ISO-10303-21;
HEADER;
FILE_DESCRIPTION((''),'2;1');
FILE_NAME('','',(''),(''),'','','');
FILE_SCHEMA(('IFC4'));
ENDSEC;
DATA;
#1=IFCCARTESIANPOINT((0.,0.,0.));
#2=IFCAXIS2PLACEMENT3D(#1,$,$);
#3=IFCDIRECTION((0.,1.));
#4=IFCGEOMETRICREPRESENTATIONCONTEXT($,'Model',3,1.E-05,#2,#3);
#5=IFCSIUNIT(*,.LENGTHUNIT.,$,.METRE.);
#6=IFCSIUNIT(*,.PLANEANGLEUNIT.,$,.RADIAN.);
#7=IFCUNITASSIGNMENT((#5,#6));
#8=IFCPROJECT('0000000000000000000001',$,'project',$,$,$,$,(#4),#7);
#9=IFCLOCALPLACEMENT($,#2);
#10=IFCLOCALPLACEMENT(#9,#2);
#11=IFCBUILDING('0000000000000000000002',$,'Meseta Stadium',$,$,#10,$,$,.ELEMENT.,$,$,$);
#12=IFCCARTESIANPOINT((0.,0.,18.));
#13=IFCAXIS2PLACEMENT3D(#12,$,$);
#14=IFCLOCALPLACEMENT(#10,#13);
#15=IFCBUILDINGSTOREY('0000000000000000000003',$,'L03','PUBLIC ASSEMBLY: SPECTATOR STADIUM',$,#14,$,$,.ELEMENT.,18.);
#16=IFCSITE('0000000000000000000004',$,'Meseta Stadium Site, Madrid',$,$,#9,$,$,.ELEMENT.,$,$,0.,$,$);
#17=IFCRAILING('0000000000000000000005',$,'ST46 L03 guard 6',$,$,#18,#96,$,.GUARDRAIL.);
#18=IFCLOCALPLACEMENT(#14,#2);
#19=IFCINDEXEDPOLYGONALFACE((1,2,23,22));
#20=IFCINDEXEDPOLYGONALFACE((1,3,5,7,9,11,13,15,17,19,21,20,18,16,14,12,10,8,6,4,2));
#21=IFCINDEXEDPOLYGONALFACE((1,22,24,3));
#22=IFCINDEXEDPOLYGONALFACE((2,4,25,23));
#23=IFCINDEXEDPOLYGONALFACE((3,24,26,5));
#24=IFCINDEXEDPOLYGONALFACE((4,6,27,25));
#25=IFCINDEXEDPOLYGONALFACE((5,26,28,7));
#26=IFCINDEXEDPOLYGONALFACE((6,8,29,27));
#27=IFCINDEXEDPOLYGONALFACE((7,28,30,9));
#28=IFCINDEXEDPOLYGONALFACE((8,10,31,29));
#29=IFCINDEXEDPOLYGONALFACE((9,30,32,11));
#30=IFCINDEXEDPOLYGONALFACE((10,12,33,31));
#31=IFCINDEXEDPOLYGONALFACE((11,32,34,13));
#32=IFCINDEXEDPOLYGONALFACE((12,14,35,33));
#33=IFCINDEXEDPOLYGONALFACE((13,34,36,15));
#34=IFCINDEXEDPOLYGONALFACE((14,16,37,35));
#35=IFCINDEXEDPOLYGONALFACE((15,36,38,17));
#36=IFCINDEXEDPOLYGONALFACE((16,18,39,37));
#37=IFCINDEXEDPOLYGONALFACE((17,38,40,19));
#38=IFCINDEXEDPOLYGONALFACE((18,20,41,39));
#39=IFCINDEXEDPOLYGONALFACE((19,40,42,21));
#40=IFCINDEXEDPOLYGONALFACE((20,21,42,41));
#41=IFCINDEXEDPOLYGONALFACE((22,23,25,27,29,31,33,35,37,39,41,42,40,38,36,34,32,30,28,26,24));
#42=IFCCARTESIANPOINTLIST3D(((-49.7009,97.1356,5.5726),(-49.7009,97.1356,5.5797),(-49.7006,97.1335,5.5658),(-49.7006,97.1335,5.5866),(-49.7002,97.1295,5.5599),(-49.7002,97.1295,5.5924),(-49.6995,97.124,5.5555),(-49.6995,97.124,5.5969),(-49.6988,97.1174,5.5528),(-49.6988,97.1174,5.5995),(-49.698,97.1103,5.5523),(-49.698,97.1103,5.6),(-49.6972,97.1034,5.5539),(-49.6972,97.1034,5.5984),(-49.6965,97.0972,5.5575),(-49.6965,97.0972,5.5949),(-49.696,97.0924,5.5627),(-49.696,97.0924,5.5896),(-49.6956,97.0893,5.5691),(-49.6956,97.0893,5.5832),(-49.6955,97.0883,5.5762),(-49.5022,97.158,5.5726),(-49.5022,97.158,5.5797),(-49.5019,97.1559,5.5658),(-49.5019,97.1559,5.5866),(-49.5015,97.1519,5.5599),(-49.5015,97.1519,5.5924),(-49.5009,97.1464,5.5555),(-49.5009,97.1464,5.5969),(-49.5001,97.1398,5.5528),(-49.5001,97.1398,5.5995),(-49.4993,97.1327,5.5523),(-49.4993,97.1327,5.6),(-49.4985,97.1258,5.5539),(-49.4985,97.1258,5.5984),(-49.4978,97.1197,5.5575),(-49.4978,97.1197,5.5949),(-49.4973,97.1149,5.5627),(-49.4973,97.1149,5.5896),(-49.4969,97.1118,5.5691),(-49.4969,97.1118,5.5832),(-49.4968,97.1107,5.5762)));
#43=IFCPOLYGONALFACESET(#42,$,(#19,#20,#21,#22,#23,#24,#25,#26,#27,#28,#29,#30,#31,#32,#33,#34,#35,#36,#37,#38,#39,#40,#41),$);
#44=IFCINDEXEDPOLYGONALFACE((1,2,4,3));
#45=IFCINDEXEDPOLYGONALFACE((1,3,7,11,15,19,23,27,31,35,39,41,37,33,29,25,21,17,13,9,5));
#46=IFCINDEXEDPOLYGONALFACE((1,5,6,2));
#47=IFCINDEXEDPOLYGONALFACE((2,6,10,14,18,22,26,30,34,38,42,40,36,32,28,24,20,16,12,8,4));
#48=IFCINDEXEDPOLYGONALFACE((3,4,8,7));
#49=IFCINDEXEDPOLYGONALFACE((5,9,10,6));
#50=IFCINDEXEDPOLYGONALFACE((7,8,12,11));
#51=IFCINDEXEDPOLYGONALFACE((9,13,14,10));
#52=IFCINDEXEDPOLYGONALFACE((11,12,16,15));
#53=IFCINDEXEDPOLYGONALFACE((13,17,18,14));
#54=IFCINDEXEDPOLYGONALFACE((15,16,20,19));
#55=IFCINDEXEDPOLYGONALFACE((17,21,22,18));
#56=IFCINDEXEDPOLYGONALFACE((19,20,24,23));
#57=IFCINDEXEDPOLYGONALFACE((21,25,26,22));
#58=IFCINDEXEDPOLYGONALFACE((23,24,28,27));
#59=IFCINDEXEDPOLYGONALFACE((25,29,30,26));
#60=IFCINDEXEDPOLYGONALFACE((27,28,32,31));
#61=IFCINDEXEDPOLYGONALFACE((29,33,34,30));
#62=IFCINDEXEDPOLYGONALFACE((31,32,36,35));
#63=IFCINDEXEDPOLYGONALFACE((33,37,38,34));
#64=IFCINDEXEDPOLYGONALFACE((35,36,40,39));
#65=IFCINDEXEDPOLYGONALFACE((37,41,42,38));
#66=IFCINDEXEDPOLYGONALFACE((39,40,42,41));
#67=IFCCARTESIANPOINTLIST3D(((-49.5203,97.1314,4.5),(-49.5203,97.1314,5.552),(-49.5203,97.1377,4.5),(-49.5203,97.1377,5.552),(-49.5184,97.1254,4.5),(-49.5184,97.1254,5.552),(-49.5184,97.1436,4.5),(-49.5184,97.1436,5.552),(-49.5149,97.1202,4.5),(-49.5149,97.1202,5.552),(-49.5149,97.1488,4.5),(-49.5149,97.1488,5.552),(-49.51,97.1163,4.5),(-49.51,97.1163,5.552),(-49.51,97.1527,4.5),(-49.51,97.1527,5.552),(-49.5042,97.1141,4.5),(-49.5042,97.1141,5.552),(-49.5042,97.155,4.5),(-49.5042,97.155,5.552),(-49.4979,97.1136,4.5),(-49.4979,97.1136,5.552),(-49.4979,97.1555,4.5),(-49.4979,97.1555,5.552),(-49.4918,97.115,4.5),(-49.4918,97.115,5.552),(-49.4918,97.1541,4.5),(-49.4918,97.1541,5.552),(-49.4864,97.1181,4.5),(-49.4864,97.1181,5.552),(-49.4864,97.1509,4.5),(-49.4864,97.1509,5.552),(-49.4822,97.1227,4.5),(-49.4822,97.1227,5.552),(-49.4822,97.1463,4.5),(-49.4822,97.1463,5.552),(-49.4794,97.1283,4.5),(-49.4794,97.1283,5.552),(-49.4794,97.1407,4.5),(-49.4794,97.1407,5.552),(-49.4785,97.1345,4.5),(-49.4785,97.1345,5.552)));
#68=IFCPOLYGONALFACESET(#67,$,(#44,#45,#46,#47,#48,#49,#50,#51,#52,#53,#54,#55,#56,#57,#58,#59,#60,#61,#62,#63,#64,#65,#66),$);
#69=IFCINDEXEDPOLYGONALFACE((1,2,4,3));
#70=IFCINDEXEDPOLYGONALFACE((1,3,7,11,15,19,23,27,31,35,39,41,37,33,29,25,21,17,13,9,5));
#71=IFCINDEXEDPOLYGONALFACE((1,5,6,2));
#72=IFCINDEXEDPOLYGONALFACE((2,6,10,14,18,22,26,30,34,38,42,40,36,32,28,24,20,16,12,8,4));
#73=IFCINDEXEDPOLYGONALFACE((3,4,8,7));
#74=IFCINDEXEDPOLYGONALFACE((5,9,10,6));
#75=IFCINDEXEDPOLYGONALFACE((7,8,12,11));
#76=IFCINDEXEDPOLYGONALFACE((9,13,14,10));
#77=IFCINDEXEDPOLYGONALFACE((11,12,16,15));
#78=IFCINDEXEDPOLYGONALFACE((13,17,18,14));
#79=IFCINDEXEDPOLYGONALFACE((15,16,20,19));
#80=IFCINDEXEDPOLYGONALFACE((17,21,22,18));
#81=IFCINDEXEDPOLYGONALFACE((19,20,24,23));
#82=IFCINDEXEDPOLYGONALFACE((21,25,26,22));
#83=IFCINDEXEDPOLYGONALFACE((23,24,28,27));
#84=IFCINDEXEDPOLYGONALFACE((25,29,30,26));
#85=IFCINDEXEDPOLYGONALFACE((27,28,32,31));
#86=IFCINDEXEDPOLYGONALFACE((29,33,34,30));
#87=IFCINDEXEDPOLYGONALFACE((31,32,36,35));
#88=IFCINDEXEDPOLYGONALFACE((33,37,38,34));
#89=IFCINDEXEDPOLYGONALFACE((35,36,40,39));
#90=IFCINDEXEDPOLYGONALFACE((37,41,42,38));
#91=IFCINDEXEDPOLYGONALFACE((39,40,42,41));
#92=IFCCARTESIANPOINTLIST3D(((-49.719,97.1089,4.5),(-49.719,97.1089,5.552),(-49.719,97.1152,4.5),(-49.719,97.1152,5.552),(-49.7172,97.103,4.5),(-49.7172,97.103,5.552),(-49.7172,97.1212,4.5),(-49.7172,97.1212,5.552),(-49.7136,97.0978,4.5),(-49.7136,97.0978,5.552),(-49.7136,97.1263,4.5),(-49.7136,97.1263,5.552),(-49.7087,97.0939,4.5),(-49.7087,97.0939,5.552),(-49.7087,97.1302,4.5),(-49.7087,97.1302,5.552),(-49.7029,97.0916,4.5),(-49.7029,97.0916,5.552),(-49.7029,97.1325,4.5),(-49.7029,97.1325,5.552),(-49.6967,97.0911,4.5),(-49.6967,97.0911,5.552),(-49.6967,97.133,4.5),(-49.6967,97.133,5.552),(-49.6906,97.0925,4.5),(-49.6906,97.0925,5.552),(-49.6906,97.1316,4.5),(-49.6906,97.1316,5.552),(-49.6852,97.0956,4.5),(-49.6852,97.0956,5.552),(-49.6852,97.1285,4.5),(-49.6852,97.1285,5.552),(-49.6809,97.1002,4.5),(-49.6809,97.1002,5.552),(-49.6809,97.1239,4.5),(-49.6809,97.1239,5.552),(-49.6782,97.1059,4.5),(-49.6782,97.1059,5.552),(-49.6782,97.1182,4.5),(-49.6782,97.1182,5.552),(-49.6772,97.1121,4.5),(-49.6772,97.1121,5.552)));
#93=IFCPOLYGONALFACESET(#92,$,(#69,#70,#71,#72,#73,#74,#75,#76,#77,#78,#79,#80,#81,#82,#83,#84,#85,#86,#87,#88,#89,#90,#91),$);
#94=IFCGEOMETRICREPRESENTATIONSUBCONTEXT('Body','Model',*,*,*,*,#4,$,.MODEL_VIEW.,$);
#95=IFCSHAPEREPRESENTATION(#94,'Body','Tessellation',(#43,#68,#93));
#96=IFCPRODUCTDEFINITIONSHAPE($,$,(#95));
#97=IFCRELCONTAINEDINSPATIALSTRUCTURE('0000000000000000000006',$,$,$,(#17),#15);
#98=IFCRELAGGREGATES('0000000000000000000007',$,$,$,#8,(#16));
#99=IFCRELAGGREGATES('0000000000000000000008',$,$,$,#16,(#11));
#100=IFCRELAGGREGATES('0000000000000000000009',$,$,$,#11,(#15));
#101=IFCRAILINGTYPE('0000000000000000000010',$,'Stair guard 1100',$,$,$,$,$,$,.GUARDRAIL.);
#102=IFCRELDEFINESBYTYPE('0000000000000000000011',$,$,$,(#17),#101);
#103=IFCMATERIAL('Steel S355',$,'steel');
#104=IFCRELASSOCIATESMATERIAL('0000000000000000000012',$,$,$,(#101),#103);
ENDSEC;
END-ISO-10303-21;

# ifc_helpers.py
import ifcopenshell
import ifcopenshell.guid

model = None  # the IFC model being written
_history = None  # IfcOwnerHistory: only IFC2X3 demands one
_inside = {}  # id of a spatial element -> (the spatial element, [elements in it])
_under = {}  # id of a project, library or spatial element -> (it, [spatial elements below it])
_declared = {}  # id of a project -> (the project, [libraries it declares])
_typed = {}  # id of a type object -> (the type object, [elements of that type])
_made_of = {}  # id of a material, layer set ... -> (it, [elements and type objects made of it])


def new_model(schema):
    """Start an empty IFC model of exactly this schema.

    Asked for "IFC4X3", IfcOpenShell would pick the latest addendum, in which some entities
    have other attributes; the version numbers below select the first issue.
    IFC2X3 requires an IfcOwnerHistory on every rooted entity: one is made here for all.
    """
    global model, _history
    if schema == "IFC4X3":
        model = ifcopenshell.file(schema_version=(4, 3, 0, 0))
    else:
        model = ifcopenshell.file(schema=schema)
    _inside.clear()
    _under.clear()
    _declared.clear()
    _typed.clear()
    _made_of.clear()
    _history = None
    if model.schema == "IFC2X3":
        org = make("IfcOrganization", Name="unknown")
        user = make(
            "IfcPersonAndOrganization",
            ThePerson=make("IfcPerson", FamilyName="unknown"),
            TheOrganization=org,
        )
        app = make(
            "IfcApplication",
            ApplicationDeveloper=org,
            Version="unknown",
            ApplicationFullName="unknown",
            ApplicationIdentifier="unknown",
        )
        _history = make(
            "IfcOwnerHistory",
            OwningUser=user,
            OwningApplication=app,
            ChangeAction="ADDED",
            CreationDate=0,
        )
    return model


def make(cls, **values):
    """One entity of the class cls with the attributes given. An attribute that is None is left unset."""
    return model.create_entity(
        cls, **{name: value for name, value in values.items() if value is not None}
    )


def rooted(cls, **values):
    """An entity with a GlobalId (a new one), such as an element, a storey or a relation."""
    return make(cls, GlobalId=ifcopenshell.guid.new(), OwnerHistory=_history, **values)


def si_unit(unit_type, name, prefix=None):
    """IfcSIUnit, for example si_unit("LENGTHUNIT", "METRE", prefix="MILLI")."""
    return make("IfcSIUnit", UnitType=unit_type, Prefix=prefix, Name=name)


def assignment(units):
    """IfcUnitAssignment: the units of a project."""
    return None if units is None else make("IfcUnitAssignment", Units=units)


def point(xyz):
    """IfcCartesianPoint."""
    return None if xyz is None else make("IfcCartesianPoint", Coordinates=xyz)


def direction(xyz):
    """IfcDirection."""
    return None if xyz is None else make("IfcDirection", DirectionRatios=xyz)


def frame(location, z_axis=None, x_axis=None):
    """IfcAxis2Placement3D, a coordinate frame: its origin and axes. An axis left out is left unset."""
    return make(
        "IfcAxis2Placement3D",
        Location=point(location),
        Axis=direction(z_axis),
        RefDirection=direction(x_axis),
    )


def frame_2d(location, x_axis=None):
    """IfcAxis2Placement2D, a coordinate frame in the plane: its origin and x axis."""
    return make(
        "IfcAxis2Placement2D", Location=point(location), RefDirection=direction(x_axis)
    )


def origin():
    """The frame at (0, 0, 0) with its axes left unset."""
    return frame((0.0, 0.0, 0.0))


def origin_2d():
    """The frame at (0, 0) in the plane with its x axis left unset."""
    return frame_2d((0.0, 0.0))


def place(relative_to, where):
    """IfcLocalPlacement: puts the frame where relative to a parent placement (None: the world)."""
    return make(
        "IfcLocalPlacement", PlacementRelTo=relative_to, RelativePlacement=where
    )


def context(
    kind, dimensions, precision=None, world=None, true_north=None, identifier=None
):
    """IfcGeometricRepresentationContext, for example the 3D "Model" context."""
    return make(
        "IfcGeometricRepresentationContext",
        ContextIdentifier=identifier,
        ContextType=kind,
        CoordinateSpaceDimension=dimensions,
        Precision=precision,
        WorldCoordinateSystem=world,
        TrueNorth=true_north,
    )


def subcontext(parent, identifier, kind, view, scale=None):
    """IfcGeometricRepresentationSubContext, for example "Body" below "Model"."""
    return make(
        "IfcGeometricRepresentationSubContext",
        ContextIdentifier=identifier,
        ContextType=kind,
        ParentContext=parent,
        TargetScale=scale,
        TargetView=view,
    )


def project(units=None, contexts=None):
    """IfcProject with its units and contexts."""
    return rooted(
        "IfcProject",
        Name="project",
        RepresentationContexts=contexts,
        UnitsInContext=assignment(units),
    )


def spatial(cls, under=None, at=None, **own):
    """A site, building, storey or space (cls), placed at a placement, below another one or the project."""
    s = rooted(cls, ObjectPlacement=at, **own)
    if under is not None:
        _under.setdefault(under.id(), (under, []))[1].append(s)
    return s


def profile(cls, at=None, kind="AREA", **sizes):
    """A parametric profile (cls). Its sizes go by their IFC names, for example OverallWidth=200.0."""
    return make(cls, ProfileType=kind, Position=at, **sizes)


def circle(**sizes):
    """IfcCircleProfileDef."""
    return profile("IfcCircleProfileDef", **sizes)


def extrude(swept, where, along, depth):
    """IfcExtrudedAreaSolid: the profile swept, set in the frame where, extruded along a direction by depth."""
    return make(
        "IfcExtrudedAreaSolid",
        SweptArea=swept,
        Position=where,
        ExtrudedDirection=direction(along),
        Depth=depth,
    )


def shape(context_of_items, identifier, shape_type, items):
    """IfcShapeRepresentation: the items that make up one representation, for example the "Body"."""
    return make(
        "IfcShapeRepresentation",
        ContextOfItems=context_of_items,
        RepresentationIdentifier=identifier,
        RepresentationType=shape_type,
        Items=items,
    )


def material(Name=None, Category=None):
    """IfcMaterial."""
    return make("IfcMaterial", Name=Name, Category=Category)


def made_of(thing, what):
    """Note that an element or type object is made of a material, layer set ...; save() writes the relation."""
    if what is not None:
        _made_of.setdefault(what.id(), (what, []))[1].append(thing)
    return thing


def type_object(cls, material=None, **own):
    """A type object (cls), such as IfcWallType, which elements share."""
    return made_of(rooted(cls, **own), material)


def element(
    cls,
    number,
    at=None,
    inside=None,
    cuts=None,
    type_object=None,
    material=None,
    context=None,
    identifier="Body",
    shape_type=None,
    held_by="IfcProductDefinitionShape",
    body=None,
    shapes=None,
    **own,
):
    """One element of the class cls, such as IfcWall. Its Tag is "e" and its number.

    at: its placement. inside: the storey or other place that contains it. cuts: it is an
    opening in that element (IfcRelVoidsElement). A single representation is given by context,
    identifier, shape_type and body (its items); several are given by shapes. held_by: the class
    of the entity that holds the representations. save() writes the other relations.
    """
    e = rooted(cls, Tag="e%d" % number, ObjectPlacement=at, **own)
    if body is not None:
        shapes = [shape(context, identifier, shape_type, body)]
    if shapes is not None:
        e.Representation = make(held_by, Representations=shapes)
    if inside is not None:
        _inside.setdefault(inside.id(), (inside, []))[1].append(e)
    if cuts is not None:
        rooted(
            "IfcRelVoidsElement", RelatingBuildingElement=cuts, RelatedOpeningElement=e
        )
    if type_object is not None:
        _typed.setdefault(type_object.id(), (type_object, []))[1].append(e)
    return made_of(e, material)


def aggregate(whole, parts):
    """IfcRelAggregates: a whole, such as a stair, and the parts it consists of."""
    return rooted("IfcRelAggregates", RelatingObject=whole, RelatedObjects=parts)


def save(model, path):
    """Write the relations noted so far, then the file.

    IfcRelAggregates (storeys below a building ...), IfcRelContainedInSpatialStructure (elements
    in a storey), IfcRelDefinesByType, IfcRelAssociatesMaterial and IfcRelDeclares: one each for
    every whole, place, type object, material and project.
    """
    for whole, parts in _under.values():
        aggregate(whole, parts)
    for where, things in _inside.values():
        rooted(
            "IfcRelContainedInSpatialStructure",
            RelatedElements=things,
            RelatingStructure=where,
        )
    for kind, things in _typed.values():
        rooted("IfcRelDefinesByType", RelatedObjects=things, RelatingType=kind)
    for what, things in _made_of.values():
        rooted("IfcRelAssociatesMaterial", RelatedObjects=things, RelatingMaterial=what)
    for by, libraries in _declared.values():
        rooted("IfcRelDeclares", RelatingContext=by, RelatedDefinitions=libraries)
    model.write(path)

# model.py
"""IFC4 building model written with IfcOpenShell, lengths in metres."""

from ifc_helpers import new_model, si_unit, direction, frame, origin, origin_2d, place, context, subcontext, project, spatial, circle, extrude, material, type_object, element, save


model = new_model("IFC4")

# Units and contexts
model_context = context("Model", 3, precision=1e-05, world=origin(), true_north=direction((0.0, 1.0)))
body_context = subcontext(model_context, "Body", "Model", "MODEL_VIEW")
ifc_project = project(units=[si_unit("LENGTHUNIT", "METRE"), si_unit("PLANEANGLEUNIT", "RADIAN")], contexts=[model_context])

# Site, building, storey
site_placement = place(None, origin())
site = spatial("IfcSite", under=ifc_project, at=site_placement, Name="Meseta Stadium Site, Madrid", CompositionType="ELEMENT", RefElevation=0.0)
building_placement = place(site_placement, origin())
building = spatial("IfcBuilding", under=site, at=building_placement, Name="Meseta Stadium", CompositionType="ELEMENT")
storey_placement = place(building_placement, frame((0.0, 0.0, 18.0)))
storey = spatial("IfcBuildingStorey", under=building, at=storey_placement, Name="L03", Description="PUBLIC ASSEMBLY: SPECTATOR STADIUM", CompositionType="ELEMENT", Elevation=18.0)

# Railing
ifc_material_1 = material(Name="Steel S355", Category="steel")
railing_type = type_object("IfcRailingType", Name="Stair guard 1100", PredefinedType="GUARDRAIL", material=ifc_material_1)
railing_1_placement = place(storey_placement, frame((-49.4995, 97.1345, 4.5)))
element("IfcRailing", 1, at=railing_1_placement, inside=storey, type_object=railing_type, Name="ST46 L03 guard 6", PredefinedType="GUARDRAIL", context=body_context, shape_type="SweptSolid", body=[
    extrude(circle(Radius=0.0239, at=origin_2d()), frame((0.0, 0.0, 1.0762), z_axis=(-0.993674, -0.112307, 0.0), x_axis=(0.112307, -0.993674, 0.0)), (0.0, 0.0, 1.0), 0.2),
    extrude(circle(Radius=0.021, at=origin_2d()), origin(), (0.0, 0.0, 1.0), 1.052),
    extrude(circle(Radius=0.021, at=origin_2d()), frame((-0.1987, -0.0225, 0.0)), (0.0, 0.0, 1.0), 1.052),
])

save(model, "model.ifc")
